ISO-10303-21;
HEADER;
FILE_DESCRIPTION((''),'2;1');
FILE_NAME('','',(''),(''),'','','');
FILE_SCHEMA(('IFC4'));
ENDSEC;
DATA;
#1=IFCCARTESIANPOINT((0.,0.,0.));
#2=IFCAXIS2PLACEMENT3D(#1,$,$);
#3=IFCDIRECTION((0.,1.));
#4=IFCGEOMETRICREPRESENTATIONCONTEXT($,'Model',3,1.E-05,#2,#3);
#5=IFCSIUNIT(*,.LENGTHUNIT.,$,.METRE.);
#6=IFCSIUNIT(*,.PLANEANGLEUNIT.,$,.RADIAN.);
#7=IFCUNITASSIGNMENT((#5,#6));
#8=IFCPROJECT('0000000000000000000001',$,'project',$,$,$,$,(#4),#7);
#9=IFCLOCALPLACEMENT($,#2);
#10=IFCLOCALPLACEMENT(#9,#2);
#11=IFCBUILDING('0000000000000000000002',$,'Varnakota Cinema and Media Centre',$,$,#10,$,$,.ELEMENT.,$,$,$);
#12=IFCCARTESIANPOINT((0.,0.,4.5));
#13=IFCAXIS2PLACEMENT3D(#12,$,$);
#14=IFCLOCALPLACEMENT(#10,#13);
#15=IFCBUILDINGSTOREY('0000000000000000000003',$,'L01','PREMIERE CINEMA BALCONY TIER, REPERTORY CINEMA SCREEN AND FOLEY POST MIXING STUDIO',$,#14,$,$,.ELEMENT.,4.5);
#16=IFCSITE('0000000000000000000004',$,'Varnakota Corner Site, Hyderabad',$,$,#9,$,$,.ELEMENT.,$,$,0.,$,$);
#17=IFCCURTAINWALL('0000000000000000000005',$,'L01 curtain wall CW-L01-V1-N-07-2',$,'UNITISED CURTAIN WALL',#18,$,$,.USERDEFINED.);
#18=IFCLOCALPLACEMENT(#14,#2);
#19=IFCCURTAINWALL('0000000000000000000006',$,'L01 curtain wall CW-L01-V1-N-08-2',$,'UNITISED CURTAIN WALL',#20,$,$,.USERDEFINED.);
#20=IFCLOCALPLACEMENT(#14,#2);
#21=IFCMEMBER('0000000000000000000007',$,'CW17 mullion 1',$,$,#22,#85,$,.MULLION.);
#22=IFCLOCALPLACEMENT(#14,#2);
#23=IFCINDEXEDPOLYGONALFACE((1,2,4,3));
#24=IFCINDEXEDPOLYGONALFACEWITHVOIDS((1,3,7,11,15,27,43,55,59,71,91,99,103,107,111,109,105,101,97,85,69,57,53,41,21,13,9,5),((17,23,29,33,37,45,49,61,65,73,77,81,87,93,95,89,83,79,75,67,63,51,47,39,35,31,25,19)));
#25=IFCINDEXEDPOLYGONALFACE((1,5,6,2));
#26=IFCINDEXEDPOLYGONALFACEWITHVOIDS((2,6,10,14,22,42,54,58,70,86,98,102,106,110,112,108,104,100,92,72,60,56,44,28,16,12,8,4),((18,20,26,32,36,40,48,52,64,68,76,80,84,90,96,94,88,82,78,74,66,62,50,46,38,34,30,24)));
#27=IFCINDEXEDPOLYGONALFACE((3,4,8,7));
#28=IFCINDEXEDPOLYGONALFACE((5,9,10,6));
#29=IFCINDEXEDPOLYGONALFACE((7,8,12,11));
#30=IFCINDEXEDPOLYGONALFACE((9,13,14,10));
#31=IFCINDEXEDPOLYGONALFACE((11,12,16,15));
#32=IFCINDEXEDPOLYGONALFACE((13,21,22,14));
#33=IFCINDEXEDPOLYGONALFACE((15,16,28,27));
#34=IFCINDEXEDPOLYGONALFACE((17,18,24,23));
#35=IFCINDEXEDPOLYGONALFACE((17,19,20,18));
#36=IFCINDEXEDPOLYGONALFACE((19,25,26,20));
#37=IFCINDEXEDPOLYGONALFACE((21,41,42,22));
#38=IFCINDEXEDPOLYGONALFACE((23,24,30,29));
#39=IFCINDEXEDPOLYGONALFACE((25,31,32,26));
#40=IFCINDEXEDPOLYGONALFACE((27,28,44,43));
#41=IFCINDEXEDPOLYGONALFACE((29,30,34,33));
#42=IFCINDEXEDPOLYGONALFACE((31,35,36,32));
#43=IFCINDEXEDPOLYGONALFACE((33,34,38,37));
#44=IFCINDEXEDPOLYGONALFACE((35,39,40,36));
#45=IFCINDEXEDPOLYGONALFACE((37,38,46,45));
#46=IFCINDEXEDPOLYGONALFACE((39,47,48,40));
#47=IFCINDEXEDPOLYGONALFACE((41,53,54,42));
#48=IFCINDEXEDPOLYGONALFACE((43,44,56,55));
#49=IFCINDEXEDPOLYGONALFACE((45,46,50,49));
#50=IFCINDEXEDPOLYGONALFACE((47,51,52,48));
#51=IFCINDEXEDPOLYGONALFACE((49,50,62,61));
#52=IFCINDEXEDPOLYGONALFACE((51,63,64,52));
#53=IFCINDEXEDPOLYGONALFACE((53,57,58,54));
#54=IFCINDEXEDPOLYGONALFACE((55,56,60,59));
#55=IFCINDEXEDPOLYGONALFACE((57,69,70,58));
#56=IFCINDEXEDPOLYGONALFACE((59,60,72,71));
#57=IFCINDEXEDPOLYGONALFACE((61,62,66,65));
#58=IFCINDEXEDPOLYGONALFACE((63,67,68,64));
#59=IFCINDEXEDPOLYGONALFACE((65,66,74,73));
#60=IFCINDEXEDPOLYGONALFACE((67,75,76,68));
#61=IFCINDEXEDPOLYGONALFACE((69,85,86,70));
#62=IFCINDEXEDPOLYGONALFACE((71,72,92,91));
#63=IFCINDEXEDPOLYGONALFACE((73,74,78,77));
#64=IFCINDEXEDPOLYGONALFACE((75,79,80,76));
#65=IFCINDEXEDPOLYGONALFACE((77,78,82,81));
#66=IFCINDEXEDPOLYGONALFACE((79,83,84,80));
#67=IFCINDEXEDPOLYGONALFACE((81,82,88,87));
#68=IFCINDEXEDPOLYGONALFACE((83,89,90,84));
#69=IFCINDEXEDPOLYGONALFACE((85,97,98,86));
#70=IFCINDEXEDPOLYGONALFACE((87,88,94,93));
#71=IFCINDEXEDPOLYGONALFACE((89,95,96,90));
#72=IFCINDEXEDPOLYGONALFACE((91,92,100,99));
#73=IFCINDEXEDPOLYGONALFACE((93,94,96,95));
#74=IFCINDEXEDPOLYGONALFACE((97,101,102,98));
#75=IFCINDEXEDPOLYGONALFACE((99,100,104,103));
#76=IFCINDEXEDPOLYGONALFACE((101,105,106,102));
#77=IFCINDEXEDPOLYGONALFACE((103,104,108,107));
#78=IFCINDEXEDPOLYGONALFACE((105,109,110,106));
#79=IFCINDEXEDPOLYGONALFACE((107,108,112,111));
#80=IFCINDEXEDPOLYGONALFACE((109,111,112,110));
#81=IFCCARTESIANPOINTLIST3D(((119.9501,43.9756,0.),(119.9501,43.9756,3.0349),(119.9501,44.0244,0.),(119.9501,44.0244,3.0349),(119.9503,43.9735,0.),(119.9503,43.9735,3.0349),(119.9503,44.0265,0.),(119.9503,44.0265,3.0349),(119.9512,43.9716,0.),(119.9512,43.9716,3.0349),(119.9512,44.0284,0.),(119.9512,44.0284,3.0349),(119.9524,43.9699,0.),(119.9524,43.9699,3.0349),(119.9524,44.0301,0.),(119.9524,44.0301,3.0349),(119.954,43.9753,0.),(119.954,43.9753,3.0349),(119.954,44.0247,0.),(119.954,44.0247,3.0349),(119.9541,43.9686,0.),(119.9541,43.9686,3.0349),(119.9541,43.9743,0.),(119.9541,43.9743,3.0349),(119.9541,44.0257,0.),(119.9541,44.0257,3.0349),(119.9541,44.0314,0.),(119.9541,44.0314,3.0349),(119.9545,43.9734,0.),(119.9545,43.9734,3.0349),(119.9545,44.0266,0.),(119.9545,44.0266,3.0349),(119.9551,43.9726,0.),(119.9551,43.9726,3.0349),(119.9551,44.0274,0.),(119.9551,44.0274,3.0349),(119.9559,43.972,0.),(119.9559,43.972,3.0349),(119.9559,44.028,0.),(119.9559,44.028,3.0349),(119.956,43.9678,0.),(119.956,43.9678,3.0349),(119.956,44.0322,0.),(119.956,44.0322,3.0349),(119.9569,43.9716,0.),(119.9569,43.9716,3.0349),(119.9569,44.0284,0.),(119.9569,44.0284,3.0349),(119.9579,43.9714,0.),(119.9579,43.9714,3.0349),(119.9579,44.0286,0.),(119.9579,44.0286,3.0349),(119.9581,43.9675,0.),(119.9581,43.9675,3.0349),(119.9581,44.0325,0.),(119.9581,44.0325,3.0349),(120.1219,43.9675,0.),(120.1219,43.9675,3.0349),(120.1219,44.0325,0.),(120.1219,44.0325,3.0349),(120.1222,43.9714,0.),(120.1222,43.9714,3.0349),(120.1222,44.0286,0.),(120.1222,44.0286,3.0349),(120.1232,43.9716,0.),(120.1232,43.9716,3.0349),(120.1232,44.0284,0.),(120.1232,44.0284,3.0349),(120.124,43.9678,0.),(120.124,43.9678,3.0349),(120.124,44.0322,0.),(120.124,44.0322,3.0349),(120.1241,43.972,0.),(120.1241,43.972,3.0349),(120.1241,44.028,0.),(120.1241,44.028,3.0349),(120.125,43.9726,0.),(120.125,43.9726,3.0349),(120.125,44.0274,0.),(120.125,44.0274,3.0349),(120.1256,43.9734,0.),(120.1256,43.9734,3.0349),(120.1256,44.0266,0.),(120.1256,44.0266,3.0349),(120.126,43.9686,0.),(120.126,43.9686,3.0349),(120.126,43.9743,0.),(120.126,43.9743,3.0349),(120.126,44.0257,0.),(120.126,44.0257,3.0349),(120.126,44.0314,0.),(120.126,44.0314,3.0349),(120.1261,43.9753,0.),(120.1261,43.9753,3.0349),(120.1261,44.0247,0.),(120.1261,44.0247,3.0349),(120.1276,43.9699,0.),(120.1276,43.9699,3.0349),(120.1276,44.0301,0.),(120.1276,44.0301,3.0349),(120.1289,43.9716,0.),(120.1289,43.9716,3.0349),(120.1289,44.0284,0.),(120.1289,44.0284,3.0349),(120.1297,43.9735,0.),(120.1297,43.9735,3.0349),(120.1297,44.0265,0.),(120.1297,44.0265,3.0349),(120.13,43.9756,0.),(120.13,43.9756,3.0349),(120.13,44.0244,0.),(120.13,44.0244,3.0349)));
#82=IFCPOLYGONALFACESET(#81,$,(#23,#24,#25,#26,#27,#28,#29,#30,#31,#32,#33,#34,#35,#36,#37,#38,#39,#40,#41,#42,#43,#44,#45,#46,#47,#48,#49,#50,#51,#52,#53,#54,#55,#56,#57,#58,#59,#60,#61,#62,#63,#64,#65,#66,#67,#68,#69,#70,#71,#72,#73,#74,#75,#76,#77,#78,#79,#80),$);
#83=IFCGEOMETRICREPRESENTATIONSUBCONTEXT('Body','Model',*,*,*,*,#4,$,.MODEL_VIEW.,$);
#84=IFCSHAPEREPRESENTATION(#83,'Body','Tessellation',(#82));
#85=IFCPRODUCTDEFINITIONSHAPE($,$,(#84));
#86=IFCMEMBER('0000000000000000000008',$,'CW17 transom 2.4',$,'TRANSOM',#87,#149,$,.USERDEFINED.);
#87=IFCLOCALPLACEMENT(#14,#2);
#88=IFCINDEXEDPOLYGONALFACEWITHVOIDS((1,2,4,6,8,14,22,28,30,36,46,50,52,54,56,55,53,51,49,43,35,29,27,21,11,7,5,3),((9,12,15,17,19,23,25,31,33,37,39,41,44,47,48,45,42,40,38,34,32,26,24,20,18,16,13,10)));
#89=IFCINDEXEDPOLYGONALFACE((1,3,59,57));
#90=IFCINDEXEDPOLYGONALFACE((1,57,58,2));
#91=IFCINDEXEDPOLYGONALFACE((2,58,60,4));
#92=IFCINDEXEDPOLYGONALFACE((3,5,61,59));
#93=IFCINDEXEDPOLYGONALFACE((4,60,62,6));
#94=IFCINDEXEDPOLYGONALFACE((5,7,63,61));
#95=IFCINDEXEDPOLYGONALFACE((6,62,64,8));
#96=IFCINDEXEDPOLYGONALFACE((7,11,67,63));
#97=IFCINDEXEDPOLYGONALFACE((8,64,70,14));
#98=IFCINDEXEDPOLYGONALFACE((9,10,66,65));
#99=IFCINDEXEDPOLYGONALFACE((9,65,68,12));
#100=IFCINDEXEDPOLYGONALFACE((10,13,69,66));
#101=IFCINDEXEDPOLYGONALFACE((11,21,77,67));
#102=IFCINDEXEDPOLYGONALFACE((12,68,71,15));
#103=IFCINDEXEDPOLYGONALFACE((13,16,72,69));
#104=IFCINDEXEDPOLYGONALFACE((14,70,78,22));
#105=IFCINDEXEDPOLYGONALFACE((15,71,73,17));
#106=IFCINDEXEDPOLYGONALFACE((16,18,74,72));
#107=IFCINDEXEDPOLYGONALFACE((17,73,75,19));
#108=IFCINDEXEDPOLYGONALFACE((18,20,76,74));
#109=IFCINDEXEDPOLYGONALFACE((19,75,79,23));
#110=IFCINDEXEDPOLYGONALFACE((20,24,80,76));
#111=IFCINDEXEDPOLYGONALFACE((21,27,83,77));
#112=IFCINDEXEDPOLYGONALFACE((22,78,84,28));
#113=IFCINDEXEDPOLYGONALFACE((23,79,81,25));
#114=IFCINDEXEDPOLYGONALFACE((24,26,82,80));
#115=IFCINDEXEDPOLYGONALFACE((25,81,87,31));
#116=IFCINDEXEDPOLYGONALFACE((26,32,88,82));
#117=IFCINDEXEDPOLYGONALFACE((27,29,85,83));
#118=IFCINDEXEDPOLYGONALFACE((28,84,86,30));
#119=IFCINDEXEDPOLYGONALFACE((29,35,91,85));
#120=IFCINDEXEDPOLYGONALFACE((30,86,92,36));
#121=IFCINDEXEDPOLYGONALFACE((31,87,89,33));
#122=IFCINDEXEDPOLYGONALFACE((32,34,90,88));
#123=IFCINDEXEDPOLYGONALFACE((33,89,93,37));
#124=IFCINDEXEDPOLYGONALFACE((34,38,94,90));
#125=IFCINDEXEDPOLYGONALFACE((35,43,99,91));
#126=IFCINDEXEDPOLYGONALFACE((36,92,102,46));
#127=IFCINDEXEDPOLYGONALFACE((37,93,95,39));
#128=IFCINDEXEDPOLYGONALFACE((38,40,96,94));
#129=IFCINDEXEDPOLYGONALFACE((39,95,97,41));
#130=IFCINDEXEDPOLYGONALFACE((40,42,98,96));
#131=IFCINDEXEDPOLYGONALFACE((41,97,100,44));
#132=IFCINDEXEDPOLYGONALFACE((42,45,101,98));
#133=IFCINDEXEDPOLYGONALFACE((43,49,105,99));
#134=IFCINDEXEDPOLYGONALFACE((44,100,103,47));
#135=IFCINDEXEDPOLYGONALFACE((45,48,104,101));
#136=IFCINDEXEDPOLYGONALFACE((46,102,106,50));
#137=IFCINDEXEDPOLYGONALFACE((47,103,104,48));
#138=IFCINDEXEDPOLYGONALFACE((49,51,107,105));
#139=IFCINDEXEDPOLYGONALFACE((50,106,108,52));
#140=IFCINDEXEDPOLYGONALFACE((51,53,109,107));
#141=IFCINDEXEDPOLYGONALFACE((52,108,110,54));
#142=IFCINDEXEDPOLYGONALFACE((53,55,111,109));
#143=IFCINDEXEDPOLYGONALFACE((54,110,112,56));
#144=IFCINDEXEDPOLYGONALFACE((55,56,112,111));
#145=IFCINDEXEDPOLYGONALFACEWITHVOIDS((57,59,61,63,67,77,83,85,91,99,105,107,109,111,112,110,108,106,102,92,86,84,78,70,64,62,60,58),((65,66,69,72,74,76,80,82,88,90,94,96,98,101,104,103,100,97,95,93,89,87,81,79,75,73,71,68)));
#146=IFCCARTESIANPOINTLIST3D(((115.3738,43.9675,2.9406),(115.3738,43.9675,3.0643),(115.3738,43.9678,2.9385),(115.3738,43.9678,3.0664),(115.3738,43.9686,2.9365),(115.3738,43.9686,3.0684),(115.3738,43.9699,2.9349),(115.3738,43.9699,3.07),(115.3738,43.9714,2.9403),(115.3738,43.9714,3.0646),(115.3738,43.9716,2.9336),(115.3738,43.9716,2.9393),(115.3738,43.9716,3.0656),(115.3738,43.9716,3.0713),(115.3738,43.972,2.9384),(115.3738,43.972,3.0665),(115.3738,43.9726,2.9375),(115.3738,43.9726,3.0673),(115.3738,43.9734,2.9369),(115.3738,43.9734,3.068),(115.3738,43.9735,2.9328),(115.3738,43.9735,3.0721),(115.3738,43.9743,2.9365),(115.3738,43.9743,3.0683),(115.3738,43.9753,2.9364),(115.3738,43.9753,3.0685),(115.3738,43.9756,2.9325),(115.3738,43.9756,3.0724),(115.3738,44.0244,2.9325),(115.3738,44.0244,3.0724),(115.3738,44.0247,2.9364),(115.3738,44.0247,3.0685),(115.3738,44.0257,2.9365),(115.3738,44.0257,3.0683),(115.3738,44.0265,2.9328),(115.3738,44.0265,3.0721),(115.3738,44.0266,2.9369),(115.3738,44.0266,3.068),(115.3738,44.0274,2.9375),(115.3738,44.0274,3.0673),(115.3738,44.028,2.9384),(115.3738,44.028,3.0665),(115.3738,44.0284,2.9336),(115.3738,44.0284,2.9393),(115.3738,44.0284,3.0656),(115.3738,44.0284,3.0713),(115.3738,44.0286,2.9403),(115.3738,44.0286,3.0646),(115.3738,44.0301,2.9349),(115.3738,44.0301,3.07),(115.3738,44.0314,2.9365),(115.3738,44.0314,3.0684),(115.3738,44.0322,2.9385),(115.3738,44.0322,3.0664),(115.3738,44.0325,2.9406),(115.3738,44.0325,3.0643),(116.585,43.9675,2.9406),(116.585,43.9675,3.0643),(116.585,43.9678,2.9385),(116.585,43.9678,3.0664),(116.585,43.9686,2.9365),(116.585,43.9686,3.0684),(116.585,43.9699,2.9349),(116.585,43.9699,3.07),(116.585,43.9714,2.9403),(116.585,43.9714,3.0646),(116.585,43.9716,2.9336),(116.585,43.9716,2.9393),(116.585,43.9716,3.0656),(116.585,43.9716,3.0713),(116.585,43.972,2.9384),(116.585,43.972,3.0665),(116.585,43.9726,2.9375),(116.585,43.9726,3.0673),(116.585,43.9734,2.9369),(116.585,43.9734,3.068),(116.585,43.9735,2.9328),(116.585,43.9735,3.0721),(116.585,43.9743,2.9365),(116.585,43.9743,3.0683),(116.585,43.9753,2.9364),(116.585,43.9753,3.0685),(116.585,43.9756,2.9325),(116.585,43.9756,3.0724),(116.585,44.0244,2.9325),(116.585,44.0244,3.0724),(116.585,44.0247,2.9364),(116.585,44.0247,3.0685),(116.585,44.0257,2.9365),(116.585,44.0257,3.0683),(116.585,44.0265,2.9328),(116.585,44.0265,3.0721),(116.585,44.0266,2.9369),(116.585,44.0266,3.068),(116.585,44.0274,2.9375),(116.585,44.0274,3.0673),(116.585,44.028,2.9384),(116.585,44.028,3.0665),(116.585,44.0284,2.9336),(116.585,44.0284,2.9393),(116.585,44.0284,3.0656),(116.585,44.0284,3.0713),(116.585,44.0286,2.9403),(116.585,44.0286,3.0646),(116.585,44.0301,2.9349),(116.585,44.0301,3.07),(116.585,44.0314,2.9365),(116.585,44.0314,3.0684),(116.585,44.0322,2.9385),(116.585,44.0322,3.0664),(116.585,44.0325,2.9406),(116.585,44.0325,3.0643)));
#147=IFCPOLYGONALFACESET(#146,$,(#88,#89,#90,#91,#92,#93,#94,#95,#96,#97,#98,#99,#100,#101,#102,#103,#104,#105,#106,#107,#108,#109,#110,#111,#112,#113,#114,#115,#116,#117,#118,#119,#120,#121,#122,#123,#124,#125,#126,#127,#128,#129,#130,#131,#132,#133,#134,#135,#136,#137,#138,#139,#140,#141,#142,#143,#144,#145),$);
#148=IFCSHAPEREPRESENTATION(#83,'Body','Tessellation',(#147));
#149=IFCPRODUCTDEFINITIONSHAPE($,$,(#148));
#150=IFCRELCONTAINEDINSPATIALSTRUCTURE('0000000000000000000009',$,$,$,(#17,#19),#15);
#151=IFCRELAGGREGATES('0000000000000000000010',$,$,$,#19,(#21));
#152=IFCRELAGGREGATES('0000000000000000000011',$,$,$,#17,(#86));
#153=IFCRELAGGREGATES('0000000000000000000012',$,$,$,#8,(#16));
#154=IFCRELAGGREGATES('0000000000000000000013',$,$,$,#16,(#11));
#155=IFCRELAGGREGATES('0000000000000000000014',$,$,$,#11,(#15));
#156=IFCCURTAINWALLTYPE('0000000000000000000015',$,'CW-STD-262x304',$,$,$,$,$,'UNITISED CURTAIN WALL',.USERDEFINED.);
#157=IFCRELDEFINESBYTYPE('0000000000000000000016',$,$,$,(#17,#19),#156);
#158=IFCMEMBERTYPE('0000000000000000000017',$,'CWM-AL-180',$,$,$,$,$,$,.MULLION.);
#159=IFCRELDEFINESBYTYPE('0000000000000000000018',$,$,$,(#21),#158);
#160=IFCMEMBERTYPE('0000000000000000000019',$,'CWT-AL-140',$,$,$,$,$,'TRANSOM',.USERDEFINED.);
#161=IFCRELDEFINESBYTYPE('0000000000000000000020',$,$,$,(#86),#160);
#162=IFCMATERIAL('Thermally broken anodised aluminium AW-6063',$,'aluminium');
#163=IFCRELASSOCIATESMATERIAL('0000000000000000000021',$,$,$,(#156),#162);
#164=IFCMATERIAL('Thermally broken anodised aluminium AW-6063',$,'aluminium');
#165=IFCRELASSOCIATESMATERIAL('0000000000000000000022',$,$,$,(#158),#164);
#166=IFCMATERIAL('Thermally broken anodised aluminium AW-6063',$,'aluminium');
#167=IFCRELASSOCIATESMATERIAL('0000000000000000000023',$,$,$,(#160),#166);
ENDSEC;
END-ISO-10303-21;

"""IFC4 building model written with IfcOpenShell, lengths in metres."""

from ifc_helpers import new_model, si_unit, direction, frame, origin, origin_2d, place, context, subcontext, project, spatial, hollow_rectangle, extrude, material, material_profile, profile_set, type_object, element, aggregate, save


model = new_model("IFC4")

# Units and contexts
model_context = context("Model", 3, precision=1e-05, world=origin(), true_north=direction((0.0, 1.0)))
body_context = subcontext(model_context, "Body", "Model", "MODEL_VIEW")
ifc_project = project(units=[si_unit("LENGTHUNIT", "METRE"), si_unit("PLANEANGLEUNIT", "RADIAN")], contexts=[model_context])

# Site, building, storey
site_placement = place(None, origin())
site = spatial("IfcSite", under=ifc_project, at=site_placement, Name="Varnakota Corner Site, Hyderabad", CompositionType="ELEMENT", RefElevation=0.0)
building_placement = place(site_placement, origin())
building = spatial("IfcBuilding", under=site, at=building_placement, Name="Varnakota Cinema and Media Centre", CompositionType="ELEMENT")
storey_placement = place(building_placement, frame((0.0, 0.0, 4.5)))
storey = spatial("IfcBuildingStorey", under=building, at=storey_placement, Name="L01", Description="PREMIERE CINEMA BALCONY TIER, REPERTORY CINEMA SCREEN AND FOLEY POST MIXING STUDIO", CompositionType="ELEMENT", Elevation=4.5)

# Curtain wall
ifc_material_1 = material(Name="Thermally broken anodised aluminium AW-6063", Category="aluminium")
curtain_wall_type = type_object("IfcCurtainWallType", Name="CW-STD-262x304", ElementType="UNITISED CURTAIN WALL", PredefinedType="USERDEFINED", material=ifc_material_1)
curtain_wall_1_placement = place(storey_placement, origin())
curtain_wall_1 = element("IfcCurtainWall", 1, at=curtain_wall_1_placement, inside=storey, type_object=curtain_wall_type, Name="L01 curtain wall CW-L01-V1-N-07-2", ObjectType="UNITISED CURTAIN WALL", PredefinedType="USERDEFINED")
ifc_material_2 = material(Name="Thermally broken anodised aluminium AW-6063", Category="aluminium")
ifc_material_profile_1 = material_profile(ifc_material_2, hollow_rectangle(XDim=0.0649, YDim=0.1799, WallThickness=0.0039, InnerFilletRadius=0.0039, OuterFilletRadius=0.0081, at=origin_2d()), Name="AL-MULLION 180x65x4")
ifc_profile_set_1 = profile_set([ifc_material_profile_1], Name="Thermally broken anodised aluminium AW-6063")
member_type_1 = type_object("IfcMemberType", Name="CWM-AL-180", PredefinedType="MULLION", material=ifc_profile_set_1)

# Curtain wall, member
curtain_wall_2_placement = place(storey_placement, origin())
curtain_wall_2 = element("IfcCurtainWall", 2, at=curtain_wall_2_placement, inside=storey, type_object=curtain_wall_type, Name="L01 curtain wall CW-L01-V1-N-08-2", ObjectType="UNITISED CURTAIN WALL", PredefinedType="USERDEFINED")
member_1_placement = place(storey_placement, frame((120.04, 44.0, 0.0), z_axis=(0.0, 0.0, 1.0), x_axis=(0.0, 1.0, 0.0)))
member_1 = element("IfcMember", 3, at=member_1_placement, type_object=member_type_1, Name="CW17 mullion 1", PredefinedType="MULLION", context=body_context, shape_type="SweptSolid", body=[
    extrude(hollow_rectangle(XDim=0.0649, YDim=0.1799, WallThickness=0.0039, InnerFilletRadius=0.0039, OuterFilletRadius=0.0081, at=origin_2d()), origin(), (0.0, 0.0, 1.0), 3.0349),
])

# Member
ifc_material_3 = material(Name="Thermally broken anodised aluminium AW-6063", Category="aluminium")
ifc_material_profile_2 = material_profile(ifc_material_3, hollow_rectangle(XDim=0.0649, YDim=0.1399, WallThickness=0.0039, InnerFilletRadius=0.0039, OuterFilletRadius=0.0081, at=origin_2d()), Name="AL-TRANSOM 140x65x4")
ifc_profile_set_2 = profile_set([ifc_material_profile_2], Name="Thermally broken anodised aluminium AW-6063")
member_type_2 = type_object("IfcMemberType", Name="CWT-AL-140", ElementType="TRANSOM", PredefinedType="USERDEFINED", material=ifc_profile_set_2)
member_2_placement = place(storey_placement, frame((115.3738, 44.0, 3.0024), z_axis=(1.0, 0.0, 0.0), x_axis=(0.0, 1.0, 0.0)))
member_2 = element("IfcMember", 4, at=member_2_placement, type_object=member_type_2, Name="CW17 transom 2.4", ObjectType="TRANSOM", PredefinedType="USERDEFINED", context=body_context, shape_type="SweptSolid", body=[
    extrude(hollow_rectangle(XDim=0.0649, YDim=0.1399, WallThickness=0.0039, InnerFilletRadius=0.0039, OuterFilletRadius=0.0081, at=origin_2d()), origin(), (0.0, 0.0, 1.0), 1.2112),
])
aggregate(curtain_wall_2, [member_1])

aggregate(curtain_wall_1, [member_2])

save(model, "model.ifc")
